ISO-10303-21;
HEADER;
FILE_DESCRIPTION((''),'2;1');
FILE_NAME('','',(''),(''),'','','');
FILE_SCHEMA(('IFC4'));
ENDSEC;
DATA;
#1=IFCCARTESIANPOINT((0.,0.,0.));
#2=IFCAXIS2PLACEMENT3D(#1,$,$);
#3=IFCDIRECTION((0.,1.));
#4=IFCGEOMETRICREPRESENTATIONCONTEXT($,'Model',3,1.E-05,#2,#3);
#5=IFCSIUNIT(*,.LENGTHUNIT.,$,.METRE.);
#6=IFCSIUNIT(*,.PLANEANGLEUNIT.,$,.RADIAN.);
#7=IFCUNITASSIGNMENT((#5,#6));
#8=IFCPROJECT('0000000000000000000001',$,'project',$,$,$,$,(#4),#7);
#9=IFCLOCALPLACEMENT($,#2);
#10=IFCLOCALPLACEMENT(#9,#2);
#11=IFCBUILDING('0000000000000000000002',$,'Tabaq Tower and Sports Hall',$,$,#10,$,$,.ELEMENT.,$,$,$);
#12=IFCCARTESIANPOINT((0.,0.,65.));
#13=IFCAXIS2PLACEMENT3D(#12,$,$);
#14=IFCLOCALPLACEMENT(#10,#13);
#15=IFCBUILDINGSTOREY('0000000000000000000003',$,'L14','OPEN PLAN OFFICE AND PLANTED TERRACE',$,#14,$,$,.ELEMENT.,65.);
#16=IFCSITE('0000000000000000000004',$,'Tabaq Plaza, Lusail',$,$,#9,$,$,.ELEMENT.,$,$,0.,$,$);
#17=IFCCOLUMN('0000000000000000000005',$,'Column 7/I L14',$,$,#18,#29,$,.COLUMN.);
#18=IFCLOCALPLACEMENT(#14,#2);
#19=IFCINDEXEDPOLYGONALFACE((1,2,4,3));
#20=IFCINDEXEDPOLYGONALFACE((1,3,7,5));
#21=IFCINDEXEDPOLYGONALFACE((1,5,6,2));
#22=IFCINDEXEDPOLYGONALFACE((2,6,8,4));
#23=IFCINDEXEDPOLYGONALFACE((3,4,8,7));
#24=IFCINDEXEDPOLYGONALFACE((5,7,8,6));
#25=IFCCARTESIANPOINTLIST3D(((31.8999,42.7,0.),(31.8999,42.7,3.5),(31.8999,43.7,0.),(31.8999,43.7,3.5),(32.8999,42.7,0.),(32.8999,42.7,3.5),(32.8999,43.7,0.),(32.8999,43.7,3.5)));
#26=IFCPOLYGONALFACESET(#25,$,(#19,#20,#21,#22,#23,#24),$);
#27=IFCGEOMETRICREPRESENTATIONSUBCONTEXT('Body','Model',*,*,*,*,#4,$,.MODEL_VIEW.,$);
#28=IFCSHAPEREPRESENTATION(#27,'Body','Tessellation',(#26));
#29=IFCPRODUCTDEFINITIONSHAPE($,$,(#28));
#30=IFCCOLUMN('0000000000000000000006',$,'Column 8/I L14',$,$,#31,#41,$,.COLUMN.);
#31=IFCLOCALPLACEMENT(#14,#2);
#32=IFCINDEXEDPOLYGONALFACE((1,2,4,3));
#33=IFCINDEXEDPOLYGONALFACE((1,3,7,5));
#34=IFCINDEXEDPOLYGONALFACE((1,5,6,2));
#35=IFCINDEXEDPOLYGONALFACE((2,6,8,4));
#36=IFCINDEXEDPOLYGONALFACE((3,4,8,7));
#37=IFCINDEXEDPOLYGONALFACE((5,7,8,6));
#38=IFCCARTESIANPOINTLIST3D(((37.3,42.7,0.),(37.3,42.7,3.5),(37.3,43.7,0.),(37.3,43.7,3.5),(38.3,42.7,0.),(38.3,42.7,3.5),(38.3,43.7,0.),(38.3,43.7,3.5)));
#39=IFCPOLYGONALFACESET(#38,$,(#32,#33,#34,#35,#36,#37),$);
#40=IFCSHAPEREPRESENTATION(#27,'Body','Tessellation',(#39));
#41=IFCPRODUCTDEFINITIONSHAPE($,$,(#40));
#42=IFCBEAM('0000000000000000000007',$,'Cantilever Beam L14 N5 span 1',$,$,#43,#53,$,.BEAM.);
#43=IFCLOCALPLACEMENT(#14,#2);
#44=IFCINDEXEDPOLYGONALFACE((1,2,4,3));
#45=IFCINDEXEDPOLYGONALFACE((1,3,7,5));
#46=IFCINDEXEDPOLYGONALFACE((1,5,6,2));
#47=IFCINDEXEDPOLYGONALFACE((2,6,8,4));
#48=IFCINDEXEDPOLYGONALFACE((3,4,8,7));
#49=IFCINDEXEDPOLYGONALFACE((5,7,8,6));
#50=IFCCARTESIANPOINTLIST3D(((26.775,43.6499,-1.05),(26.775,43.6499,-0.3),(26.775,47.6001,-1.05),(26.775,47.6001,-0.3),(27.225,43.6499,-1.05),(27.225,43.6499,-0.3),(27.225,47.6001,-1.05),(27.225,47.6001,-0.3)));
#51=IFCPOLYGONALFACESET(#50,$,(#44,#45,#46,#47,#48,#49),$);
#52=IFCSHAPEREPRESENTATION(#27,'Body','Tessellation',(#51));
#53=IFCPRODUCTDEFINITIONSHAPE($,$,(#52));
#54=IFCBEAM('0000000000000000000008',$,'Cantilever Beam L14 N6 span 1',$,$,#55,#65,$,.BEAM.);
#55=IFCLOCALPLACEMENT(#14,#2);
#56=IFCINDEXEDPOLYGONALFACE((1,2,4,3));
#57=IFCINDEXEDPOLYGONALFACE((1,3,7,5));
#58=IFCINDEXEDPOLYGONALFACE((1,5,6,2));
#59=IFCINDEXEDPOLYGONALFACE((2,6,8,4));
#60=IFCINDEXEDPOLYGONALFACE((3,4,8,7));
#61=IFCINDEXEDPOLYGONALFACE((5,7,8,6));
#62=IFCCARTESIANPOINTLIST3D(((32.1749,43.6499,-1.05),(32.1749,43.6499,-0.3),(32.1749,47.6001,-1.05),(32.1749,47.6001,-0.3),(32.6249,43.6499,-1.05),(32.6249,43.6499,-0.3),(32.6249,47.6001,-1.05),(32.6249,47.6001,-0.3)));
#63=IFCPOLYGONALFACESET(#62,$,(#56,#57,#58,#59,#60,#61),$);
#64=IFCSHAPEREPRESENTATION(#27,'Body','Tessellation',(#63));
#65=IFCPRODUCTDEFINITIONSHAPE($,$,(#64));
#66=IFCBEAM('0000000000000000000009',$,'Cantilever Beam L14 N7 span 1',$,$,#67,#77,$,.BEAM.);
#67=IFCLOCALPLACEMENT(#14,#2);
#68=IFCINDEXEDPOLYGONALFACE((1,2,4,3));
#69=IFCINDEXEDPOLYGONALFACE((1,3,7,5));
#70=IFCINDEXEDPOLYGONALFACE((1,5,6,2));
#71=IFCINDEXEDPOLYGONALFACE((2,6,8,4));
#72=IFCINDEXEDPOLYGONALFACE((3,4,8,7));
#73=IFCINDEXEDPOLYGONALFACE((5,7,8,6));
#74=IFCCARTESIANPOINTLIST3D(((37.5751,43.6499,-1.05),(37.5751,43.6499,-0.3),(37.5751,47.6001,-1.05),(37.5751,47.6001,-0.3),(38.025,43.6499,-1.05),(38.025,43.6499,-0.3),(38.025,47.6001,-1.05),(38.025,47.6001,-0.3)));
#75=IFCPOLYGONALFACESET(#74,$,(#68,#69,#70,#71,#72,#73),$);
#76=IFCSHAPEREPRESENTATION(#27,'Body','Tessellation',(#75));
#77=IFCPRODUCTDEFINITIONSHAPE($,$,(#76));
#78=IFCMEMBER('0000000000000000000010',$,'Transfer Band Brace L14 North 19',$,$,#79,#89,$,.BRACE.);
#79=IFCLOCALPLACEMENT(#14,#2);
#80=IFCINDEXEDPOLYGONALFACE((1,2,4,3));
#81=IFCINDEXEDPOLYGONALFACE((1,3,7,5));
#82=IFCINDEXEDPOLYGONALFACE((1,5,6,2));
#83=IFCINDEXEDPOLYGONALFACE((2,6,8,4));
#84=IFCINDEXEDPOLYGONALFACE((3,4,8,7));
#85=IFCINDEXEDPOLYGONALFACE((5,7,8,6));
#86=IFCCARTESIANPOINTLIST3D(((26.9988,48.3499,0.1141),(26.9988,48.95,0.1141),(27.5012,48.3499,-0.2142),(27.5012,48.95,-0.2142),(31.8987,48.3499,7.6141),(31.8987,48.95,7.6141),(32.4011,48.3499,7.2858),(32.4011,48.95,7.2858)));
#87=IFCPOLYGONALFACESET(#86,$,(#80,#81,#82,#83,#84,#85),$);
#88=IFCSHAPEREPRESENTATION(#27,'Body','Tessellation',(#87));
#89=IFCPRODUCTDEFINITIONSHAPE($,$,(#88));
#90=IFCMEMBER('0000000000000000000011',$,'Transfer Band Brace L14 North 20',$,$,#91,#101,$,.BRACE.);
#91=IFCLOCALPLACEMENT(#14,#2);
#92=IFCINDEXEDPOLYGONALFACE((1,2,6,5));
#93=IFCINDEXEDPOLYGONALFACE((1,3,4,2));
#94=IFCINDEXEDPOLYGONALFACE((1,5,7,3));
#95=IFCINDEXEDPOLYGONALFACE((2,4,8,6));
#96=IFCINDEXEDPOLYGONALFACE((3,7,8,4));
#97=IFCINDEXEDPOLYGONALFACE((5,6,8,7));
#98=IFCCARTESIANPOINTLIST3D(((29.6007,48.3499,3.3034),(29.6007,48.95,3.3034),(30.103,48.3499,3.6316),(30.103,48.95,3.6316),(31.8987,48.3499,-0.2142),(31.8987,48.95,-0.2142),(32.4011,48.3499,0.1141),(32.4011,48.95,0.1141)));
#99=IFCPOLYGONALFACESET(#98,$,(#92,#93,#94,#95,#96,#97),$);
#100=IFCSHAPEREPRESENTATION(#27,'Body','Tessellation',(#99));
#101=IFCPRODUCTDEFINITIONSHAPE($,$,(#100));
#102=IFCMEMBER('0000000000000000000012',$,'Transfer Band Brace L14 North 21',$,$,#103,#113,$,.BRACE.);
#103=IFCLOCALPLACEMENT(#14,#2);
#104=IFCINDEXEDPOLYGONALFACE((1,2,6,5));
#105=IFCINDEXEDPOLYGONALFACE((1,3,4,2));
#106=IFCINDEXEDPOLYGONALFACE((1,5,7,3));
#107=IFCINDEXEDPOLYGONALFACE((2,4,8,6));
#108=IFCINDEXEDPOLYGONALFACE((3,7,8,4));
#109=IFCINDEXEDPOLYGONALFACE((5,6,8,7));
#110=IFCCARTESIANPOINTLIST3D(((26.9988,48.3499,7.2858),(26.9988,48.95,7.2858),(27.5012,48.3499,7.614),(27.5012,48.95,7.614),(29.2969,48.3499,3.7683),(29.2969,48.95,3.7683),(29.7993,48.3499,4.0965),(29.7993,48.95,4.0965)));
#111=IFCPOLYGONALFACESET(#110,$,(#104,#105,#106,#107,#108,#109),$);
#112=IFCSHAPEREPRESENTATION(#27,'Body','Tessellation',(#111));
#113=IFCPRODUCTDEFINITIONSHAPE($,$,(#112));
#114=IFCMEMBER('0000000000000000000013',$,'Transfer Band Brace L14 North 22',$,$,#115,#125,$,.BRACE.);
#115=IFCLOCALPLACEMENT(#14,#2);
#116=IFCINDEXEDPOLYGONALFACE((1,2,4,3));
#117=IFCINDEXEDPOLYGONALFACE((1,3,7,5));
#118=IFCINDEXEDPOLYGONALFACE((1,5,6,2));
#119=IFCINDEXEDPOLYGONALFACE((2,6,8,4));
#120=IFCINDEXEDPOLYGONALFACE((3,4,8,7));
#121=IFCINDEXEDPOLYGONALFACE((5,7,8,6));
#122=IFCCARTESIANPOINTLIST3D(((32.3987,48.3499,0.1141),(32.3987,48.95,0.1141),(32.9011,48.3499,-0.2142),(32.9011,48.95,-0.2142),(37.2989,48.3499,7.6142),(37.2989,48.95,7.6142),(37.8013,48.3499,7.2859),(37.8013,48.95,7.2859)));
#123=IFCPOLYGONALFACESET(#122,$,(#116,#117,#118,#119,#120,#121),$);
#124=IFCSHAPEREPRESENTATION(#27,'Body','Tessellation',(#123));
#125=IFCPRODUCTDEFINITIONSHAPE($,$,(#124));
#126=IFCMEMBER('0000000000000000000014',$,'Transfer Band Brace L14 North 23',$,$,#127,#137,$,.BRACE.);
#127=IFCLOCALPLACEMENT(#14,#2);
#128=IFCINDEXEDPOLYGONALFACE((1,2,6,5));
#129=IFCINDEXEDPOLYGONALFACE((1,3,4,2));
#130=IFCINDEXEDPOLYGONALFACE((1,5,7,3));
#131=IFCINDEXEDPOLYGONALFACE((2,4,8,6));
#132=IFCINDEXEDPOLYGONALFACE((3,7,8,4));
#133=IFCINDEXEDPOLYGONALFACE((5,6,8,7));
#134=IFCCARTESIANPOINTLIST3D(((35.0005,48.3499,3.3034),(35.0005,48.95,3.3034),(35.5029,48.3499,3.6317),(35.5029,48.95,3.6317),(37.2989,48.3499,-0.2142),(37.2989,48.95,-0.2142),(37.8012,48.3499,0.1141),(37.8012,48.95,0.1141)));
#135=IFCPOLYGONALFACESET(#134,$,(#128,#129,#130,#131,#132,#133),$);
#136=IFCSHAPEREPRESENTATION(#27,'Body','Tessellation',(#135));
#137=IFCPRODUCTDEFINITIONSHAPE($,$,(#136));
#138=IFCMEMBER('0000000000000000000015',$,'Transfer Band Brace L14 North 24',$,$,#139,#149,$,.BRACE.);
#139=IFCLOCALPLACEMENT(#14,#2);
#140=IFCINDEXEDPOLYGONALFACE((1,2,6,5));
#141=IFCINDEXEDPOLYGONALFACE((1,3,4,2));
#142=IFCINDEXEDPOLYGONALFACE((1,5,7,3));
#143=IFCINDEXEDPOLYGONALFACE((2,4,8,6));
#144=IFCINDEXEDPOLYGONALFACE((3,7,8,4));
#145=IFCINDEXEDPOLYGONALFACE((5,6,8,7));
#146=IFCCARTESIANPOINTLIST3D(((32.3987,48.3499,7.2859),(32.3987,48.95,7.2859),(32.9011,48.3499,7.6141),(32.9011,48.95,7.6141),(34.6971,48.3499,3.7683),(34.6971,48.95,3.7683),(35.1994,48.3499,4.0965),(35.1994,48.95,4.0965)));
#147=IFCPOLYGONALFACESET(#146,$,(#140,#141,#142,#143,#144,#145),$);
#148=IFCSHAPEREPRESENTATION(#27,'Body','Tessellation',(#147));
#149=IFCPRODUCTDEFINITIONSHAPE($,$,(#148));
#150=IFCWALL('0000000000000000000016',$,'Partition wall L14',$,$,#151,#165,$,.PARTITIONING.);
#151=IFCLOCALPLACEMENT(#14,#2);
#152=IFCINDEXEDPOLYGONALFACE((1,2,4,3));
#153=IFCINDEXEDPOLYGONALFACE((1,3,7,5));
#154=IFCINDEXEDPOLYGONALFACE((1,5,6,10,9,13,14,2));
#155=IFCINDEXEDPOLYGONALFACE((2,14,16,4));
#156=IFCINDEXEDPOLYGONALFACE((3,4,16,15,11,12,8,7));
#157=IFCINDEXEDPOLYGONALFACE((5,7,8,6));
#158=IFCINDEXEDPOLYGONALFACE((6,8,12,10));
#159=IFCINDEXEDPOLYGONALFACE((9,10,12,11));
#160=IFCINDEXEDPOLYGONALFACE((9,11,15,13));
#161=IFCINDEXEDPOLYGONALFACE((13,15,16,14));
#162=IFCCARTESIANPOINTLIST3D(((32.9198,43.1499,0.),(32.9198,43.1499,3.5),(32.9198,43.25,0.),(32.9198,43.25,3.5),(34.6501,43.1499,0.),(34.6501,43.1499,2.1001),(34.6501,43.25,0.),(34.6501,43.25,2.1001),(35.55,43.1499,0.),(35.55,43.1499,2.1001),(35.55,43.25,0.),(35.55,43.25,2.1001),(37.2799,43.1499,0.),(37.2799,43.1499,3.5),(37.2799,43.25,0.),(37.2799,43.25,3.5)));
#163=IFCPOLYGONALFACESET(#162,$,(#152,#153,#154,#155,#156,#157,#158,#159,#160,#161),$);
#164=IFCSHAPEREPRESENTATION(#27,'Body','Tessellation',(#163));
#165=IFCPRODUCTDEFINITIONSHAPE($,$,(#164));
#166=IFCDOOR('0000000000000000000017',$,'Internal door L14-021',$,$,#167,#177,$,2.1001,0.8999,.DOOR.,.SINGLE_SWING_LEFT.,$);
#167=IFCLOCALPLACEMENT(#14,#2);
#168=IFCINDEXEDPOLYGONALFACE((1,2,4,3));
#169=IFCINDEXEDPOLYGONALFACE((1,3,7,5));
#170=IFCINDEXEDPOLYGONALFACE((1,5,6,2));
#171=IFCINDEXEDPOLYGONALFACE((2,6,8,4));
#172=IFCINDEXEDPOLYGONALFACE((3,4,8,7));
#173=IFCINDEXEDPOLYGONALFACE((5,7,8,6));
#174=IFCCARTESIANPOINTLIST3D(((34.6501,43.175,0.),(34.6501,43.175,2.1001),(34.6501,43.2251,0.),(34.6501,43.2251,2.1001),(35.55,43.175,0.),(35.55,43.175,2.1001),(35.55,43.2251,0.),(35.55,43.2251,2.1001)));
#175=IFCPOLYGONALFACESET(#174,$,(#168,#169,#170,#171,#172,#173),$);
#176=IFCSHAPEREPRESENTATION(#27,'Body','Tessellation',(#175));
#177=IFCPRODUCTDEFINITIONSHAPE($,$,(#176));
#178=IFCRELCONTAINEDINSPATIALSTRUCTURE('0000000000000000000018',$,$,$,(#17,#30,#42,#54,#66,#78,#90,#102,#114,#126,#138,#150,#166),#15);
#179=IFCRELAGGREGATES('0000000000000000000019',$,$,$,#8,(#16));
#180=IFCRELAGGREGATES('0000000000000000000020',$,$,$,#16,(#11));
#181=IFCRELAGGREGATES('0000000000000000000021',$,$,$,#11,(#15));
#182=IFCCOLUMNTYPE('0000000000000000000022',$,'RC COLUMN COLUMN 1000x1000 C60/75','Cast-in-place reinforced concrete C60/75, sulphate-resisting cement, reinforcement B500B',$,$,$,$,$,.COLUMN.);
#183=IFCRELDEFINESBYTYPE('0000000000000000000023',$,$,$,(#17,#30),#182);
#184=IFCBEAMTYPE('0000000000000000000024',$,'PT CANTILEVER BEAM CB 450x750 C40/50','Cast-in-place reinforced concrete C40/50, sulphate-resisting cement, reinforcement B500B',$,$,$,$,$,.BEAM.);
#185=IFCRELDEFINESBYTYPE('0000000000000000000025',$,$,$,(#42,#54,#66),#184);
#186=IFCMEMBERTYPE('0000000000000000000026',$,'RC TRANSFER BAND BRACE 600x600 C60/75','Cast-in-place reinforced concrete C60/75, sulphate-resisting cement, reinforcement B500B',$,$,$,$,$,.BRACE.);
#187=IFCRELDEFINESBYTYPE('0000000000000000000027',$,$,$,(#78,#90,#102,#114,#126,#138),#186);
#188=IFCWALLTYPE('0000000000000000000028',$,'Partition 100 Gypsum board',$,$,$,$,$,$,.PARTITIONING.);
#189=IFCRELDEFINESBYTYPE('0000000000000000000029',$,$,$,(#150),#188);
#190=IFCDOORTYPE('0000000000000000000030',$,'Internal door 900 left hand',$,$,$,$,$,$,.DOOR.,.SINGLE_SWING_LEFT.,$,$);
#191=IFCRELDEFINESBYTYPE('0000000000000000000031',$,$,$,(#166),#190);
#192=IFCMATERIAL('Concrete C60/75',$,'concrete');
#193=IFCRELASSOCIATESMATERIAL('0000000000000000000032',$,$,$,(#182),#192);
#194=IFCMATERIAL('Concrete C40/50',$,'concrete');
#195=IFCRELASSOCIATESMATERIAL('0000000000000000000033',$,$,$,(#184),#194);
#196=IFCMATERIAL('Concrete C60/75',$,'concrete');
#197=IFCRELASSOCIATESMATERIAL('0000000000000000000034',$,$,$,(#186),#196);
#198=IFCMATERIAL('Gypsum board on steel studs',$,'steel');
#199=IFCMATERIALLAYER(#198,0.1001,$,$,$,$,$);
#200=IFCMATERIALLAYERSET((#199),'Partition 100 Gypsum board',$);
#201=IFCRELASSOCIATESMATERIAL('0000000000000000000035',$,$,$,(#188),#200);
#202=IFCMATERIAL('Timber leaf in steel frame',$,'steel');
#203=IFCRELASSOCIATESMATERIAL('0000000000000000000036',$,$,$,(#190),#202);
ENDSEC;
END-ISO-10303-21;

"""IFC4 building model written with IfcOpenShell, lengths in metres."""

from ifc_helpers import new_model, si_unit, direction, frame, frame_2d, origin, origin_2d, place, context, subcontext, project, spatial, rectangle, extrude, material, layer, layer_set, material_profile, profile_set, type_object, element, fill, save


model = new_model("IFC4")

# Units and contexts
model_context = context("Model", 3, precision=1e-05, world=origin(), true_north=direction((0.0, 1.0)))
body_context = subcontext(model_context, "Body", "Model", "MODEL_VIEW")
ifc_project = project(units=[si_unit("LENGTHUNIT", "METRE"), si_unit("PLANEANGLEUNIT", "RADIAN")], contexts=[model_context])

# Site, building, storey
site_placement = place(None, origin())
site = spatial("IfcSite", under=ifc_project, at=site_placement, Name="Tabaq Plaza, Lusail", CompositionType="ELEMENT", RefElevation=0.0)
building_placement = place(site_placement, origin())
building = spatial("IfcBuilding", under=site, at=building_placement, Name="Tabaq Tower and Sports Hall", CompositionType="ELEMENT")
storey_placement = place(building_placement, frame((0.0, 0.0, 65.0)))
storey = spatial("IfcBuildingStorey", under=building, at=storey_placement, Name="L14", Description="OPEN PLAN OFFICE AND PLANTED TERRACE", CompositionType="ELEMENT", Elevation=65.0)

# Columns
ifc_material_1 = material(Name="Concrete C60/75", Category="concrete")
ifc_material_profile_1 = material_profile(ifc_material_1, rectangle(XDim=1.0, YDim=1.0, at=origin_2d()), Name="COLUMN 1000x1000")
ifc_profile_set_1 = profile_set([ifc_material_profile_1], Name="Concrete C60/75")
column_type = type_object("IfcColumnType", Name="RC COLUMN COLUMN 1000x1000 C60/75", Description="Cast-in-place reinforced concrete C60/75, sulphate-resisting cement, reinforcement B500B", PredefinedType="COLUMN", material=ifc_profile_set_1)
for number, where, z_axis, x_axis, name in (
    (1, (32.3999, 43.2, 0.0), (0.0, 0.0, 1.0), (1.0, 0.0, 0.0), "Column 7/I L14"),
    (2, (37.8, 43.2, 0.0), (0.0, 0.0, 1.0), (1.0, 0.0, 0.0), "Column 8/I L14"),
):
    element("IfcColumn", number, at=place(storey_placement, frame(where, z_axis=z_axis, x_axis=x_axis)), inside=storey, type_object=column_type, Name=name, PredefinedType="COLUMN", context=body_context, shape_type="SweptSolid", body=[
        extrude(rectangle(XDim=1.0, YDim=1.0, at=origin_2d()), origin(), (0.0, 0.0, 1.0), 3.5),
    ])

# Beams
ifc_material_2 = material(Name="Concrete C40/50", Category="concrete")
ifc_material_profile_2 = material_profile(ifc_material_2, rectangle(XDim=0.45, YDim=0.75, at=origin_2d()), Name="CB 450x750")
ifc_profile_set_2 = profile_set([ifc_material_profile_2], Name="Concrete C40/50")
beam_type = type_object("IfcBeamType", Name="PT CANTILEVER BEAM CB 450x750 C40/50", Description="Cast-in-place reinforced concrete C40/50, sulphate-resisting cement, reinforcement B500B", PredefinedType="BEAM", material=ifc_profile_set_2)
for number, where, z_axis, x_axis, name in (
    (3, (27.0, 47.6001, -0.675), (0.0, -1.0, 0.0), (1.0, 0.0, 0.0), "Cantilever Beam L14 N5 span 1"),
    (4, (32.3999, 47.6001, -0.675), (0.0, -1.0, 0.0), (1.0, 0.0, 0.0), "Cantilever Beam L14 N6 span 1"),
    (5, (37.8, 47.6001, -0.675), (0.0, -1.0, 0.0), (1.0, 0.0, 0.0), "Cantilever Beam L14 N7 span 1"),
):
    element("IfcBeam", number, at=place(storey_placement, frame(where, z_axis=z_axis, x_axis=x_axis)), inside=storey, type_object=beam_type, Name=name, PredefinedType="BEAM", context=body_context, shape_type="SweptSolid", body=[
        extrude(rectangle(XDim=0.45, YDim=0.75, at=origin_2d()), origin(), (0.0, 0.0, 1.0), 3.9502),
    ])

# Members
ifc_material_3 = material(Name="Concrete C60/75", Category="concrete")
ifc_material_profile_3 = material_profile(ifc_material_3, rectangle(XDim=0.6001, YDim=0.6001, at=origin_2d()), Name="TRANSFER BAND BRACE 600x600")
ifc_profile_set_3 = profile_set([ifc_material_profile_3], Name="Concrete C60/75")
member_type = type_object("IfcMemberType", Name="RC TRANSFER BAND BRACE 600x600 C60/75", Description="Cast-in-place reinforced concrete C60/75, sulphate-resisting cement, reinforcement B500B", PredefinedType="BRACE", material=ifc_profile_set_3)
member_1_placement = place(storey_placement, frame((27.25, 48.6499, -0.05), z_axis=(0.546941, 0.0, 0.837171), x_axis=(0.0, 1.0, 0.0)))
element("IfcMember", 6, at=member_1_placement, inside=storey, type_object=member_type, Name="Transfer Band Brace L14 North 19", PredefinedType="BRACE", context=body_context, shape_type="SweptSolid", body=[
    extrude(rectangle(XDim=0.6001, YDim=0.6001, at=origin_2d()), origin(), (0.0, 0.0, 1.0), 8.9587),
])
for number, where, z_axis, x_axis, name in (
    (7, (32.1499, 48.6499, -0.05), (-0.546939, 0.0, 0.837172), (0.0, -1.0, 0.0), "Transfer Band Brace L14 North 20"),
    (8, (29.5481, 48.6499, 3.9324), (-0.546939, 0.0, 0.837172), (0.0, -1.0, 0.0), "Transfer Band Brace L14 North 21"),
):
    element("IfcMember", number, at=place(storey_placement, frame(where, z_axis=z_axis, x_axis=x_axis)), inside=storey, type_object=member_type, Name=name, PredefinedType="BRACE", context=body_context, shape_type="SweptSolid", body=[
        extrude(rectangle(XDim=0.6001, YDim=0.6001, at=origin_2d()), origin(), (0.0, 0.0, 1.0), 4.2017),
    ])
member_2_placement = place(storey_placement, frame((32.6499, 48.6499, -0.05), z_axis=(0.54696, 0.0, 0.837159), x_axis=(0.0, 1.0, 0.0)))
element("IfcMember", 9, at=member_2_placement, inside=storey, type_object=member_type, Name="Transfer Band Brace L14 North 22", PredefinedType="BRACE", context=body_context, shape_type="SweptSolid", body=[
    extrude(rectangle(XDim=0.6001, YDim=0.6001, at=origin_2d()), origin(), (0.0, 0.0, 1.0), 8.959),
])
for number, where, z_axis, x_axis, name in (
    (10, (37.55, 48.6499, -0.05), (-0.54698, 0.0, 0.837146), (0.0, -1.0, 0.0), "Transfer Band Brace L14 North 23"),
    (11, (34.9482, 48.6499, 3.9324), (-0.54698, 0.0, 0.837146), (0.0, -1.0, 0.0), "Transfer Band Brace L14 North 24"),
):
    element("IfcMember", number, at=place(storey_placement, frame(where, z_axis=z_axis, x_axis=x_axis)), inside=storey, type_object=member_type, Name=name, PredefinedType="BRACE", context=body_context, shape_type="SweptSolid", body=[
        extrude(rectangle(XDim=0.6001, YDim=0.6001, at=origin_2d()), origin(), (0.0, 0.0, 1.0), 4.2019),
    ])

# Wall, opening, door
ifc_material_4 = material(Name="Gypsum board on steel studs", Category="steel")
ifc_layer_1 = layer(ifc_material_4, 0.1001)
ifc_layer_set_1 = layer_set([ifc_layer_1], Name="Partition 100 Gypsum board")
wall_type = type_object("IfcWallType", Name="Partition 100 Gypsum board", PredefinedType="PARTITIONING", material=ifc_layer_set_1)
wall_1_placement = place(storey_placement, frame((37.28, 43.2, 0.0), z_axis=(0.0, 0.0, 1.0), x_axis=(-1.0, 0.0, 0.0)))
wall_1 = element("IfcWall", 12, at=wall_1_placement, inside=storey, type_object=wall_type, Name="Partition wall L14", PredefinedType="PARTITIONING", context=body_context, shape_type="SweptSolid", body=[
    extrude(rectangle(XDim=4.3601, YDim=0.1001, at=frame_2d((2.1802, 0.0))), origin(), (0.0, 0.0, 1.0), 3.5),
])
opening_1_placement = place(wall_1_placement, frame((1.73, 0.0, 0.0)))
opening_1 = element("IfcOpeningElement", 13, at=opening_1_placement, cuts=wall_1, PredefinedType="OPENING", context=body_context, shape_type="SweptSolid", body=[
    extrude(rectangle(XDim=0.8999, YDim=2.1001, at=frame_2d((0.45, 1.05))), frame((0.0, 0.05, 0.0), z_axis=(0.0, -1.0, 0.0), x_axis=(1.0, 0.0, 0.0)), (0.0, 0.0, 1.0), 0.1001),
])
ifc_material_5 = material(Name="Timber leaf in steel frame", Category="steel")
door_type_1 = type_object("IfcDoorType", Name="Internal door 900 left hand", OperationType="SINGLE_SWING_LEFT", PredefinedType="DOOR", material=ifc_material_5)
door_1_placement = place(opening_1_placement, origin())
door_1 = element("IfcDoor", 14, at=door_1_placement, inside=storey, type_object=door_type_1, Name="Internal door L14-021", OperationType="SINGLE_SWING_LEFT", OverallHeight=2.1001, OverallWidth=0.8999, PredefinedType="DOOR", context=body_context, shape_type="SweptSolid", body=[
    extrude(rectangle(XDim=0.8999, YDim=2.1001, at=frame_2d((0.45, 1.05))), frame((0.0, 0.0249, 0.0), z_axis=(0.0, -1.0, 0.0), x_axis=(1.0, 0.0, 0.0)), (0.0, 0.0, 1.0), 0.05),
])
fill(opening_1, door_1)

save(model, "model.ifc")
